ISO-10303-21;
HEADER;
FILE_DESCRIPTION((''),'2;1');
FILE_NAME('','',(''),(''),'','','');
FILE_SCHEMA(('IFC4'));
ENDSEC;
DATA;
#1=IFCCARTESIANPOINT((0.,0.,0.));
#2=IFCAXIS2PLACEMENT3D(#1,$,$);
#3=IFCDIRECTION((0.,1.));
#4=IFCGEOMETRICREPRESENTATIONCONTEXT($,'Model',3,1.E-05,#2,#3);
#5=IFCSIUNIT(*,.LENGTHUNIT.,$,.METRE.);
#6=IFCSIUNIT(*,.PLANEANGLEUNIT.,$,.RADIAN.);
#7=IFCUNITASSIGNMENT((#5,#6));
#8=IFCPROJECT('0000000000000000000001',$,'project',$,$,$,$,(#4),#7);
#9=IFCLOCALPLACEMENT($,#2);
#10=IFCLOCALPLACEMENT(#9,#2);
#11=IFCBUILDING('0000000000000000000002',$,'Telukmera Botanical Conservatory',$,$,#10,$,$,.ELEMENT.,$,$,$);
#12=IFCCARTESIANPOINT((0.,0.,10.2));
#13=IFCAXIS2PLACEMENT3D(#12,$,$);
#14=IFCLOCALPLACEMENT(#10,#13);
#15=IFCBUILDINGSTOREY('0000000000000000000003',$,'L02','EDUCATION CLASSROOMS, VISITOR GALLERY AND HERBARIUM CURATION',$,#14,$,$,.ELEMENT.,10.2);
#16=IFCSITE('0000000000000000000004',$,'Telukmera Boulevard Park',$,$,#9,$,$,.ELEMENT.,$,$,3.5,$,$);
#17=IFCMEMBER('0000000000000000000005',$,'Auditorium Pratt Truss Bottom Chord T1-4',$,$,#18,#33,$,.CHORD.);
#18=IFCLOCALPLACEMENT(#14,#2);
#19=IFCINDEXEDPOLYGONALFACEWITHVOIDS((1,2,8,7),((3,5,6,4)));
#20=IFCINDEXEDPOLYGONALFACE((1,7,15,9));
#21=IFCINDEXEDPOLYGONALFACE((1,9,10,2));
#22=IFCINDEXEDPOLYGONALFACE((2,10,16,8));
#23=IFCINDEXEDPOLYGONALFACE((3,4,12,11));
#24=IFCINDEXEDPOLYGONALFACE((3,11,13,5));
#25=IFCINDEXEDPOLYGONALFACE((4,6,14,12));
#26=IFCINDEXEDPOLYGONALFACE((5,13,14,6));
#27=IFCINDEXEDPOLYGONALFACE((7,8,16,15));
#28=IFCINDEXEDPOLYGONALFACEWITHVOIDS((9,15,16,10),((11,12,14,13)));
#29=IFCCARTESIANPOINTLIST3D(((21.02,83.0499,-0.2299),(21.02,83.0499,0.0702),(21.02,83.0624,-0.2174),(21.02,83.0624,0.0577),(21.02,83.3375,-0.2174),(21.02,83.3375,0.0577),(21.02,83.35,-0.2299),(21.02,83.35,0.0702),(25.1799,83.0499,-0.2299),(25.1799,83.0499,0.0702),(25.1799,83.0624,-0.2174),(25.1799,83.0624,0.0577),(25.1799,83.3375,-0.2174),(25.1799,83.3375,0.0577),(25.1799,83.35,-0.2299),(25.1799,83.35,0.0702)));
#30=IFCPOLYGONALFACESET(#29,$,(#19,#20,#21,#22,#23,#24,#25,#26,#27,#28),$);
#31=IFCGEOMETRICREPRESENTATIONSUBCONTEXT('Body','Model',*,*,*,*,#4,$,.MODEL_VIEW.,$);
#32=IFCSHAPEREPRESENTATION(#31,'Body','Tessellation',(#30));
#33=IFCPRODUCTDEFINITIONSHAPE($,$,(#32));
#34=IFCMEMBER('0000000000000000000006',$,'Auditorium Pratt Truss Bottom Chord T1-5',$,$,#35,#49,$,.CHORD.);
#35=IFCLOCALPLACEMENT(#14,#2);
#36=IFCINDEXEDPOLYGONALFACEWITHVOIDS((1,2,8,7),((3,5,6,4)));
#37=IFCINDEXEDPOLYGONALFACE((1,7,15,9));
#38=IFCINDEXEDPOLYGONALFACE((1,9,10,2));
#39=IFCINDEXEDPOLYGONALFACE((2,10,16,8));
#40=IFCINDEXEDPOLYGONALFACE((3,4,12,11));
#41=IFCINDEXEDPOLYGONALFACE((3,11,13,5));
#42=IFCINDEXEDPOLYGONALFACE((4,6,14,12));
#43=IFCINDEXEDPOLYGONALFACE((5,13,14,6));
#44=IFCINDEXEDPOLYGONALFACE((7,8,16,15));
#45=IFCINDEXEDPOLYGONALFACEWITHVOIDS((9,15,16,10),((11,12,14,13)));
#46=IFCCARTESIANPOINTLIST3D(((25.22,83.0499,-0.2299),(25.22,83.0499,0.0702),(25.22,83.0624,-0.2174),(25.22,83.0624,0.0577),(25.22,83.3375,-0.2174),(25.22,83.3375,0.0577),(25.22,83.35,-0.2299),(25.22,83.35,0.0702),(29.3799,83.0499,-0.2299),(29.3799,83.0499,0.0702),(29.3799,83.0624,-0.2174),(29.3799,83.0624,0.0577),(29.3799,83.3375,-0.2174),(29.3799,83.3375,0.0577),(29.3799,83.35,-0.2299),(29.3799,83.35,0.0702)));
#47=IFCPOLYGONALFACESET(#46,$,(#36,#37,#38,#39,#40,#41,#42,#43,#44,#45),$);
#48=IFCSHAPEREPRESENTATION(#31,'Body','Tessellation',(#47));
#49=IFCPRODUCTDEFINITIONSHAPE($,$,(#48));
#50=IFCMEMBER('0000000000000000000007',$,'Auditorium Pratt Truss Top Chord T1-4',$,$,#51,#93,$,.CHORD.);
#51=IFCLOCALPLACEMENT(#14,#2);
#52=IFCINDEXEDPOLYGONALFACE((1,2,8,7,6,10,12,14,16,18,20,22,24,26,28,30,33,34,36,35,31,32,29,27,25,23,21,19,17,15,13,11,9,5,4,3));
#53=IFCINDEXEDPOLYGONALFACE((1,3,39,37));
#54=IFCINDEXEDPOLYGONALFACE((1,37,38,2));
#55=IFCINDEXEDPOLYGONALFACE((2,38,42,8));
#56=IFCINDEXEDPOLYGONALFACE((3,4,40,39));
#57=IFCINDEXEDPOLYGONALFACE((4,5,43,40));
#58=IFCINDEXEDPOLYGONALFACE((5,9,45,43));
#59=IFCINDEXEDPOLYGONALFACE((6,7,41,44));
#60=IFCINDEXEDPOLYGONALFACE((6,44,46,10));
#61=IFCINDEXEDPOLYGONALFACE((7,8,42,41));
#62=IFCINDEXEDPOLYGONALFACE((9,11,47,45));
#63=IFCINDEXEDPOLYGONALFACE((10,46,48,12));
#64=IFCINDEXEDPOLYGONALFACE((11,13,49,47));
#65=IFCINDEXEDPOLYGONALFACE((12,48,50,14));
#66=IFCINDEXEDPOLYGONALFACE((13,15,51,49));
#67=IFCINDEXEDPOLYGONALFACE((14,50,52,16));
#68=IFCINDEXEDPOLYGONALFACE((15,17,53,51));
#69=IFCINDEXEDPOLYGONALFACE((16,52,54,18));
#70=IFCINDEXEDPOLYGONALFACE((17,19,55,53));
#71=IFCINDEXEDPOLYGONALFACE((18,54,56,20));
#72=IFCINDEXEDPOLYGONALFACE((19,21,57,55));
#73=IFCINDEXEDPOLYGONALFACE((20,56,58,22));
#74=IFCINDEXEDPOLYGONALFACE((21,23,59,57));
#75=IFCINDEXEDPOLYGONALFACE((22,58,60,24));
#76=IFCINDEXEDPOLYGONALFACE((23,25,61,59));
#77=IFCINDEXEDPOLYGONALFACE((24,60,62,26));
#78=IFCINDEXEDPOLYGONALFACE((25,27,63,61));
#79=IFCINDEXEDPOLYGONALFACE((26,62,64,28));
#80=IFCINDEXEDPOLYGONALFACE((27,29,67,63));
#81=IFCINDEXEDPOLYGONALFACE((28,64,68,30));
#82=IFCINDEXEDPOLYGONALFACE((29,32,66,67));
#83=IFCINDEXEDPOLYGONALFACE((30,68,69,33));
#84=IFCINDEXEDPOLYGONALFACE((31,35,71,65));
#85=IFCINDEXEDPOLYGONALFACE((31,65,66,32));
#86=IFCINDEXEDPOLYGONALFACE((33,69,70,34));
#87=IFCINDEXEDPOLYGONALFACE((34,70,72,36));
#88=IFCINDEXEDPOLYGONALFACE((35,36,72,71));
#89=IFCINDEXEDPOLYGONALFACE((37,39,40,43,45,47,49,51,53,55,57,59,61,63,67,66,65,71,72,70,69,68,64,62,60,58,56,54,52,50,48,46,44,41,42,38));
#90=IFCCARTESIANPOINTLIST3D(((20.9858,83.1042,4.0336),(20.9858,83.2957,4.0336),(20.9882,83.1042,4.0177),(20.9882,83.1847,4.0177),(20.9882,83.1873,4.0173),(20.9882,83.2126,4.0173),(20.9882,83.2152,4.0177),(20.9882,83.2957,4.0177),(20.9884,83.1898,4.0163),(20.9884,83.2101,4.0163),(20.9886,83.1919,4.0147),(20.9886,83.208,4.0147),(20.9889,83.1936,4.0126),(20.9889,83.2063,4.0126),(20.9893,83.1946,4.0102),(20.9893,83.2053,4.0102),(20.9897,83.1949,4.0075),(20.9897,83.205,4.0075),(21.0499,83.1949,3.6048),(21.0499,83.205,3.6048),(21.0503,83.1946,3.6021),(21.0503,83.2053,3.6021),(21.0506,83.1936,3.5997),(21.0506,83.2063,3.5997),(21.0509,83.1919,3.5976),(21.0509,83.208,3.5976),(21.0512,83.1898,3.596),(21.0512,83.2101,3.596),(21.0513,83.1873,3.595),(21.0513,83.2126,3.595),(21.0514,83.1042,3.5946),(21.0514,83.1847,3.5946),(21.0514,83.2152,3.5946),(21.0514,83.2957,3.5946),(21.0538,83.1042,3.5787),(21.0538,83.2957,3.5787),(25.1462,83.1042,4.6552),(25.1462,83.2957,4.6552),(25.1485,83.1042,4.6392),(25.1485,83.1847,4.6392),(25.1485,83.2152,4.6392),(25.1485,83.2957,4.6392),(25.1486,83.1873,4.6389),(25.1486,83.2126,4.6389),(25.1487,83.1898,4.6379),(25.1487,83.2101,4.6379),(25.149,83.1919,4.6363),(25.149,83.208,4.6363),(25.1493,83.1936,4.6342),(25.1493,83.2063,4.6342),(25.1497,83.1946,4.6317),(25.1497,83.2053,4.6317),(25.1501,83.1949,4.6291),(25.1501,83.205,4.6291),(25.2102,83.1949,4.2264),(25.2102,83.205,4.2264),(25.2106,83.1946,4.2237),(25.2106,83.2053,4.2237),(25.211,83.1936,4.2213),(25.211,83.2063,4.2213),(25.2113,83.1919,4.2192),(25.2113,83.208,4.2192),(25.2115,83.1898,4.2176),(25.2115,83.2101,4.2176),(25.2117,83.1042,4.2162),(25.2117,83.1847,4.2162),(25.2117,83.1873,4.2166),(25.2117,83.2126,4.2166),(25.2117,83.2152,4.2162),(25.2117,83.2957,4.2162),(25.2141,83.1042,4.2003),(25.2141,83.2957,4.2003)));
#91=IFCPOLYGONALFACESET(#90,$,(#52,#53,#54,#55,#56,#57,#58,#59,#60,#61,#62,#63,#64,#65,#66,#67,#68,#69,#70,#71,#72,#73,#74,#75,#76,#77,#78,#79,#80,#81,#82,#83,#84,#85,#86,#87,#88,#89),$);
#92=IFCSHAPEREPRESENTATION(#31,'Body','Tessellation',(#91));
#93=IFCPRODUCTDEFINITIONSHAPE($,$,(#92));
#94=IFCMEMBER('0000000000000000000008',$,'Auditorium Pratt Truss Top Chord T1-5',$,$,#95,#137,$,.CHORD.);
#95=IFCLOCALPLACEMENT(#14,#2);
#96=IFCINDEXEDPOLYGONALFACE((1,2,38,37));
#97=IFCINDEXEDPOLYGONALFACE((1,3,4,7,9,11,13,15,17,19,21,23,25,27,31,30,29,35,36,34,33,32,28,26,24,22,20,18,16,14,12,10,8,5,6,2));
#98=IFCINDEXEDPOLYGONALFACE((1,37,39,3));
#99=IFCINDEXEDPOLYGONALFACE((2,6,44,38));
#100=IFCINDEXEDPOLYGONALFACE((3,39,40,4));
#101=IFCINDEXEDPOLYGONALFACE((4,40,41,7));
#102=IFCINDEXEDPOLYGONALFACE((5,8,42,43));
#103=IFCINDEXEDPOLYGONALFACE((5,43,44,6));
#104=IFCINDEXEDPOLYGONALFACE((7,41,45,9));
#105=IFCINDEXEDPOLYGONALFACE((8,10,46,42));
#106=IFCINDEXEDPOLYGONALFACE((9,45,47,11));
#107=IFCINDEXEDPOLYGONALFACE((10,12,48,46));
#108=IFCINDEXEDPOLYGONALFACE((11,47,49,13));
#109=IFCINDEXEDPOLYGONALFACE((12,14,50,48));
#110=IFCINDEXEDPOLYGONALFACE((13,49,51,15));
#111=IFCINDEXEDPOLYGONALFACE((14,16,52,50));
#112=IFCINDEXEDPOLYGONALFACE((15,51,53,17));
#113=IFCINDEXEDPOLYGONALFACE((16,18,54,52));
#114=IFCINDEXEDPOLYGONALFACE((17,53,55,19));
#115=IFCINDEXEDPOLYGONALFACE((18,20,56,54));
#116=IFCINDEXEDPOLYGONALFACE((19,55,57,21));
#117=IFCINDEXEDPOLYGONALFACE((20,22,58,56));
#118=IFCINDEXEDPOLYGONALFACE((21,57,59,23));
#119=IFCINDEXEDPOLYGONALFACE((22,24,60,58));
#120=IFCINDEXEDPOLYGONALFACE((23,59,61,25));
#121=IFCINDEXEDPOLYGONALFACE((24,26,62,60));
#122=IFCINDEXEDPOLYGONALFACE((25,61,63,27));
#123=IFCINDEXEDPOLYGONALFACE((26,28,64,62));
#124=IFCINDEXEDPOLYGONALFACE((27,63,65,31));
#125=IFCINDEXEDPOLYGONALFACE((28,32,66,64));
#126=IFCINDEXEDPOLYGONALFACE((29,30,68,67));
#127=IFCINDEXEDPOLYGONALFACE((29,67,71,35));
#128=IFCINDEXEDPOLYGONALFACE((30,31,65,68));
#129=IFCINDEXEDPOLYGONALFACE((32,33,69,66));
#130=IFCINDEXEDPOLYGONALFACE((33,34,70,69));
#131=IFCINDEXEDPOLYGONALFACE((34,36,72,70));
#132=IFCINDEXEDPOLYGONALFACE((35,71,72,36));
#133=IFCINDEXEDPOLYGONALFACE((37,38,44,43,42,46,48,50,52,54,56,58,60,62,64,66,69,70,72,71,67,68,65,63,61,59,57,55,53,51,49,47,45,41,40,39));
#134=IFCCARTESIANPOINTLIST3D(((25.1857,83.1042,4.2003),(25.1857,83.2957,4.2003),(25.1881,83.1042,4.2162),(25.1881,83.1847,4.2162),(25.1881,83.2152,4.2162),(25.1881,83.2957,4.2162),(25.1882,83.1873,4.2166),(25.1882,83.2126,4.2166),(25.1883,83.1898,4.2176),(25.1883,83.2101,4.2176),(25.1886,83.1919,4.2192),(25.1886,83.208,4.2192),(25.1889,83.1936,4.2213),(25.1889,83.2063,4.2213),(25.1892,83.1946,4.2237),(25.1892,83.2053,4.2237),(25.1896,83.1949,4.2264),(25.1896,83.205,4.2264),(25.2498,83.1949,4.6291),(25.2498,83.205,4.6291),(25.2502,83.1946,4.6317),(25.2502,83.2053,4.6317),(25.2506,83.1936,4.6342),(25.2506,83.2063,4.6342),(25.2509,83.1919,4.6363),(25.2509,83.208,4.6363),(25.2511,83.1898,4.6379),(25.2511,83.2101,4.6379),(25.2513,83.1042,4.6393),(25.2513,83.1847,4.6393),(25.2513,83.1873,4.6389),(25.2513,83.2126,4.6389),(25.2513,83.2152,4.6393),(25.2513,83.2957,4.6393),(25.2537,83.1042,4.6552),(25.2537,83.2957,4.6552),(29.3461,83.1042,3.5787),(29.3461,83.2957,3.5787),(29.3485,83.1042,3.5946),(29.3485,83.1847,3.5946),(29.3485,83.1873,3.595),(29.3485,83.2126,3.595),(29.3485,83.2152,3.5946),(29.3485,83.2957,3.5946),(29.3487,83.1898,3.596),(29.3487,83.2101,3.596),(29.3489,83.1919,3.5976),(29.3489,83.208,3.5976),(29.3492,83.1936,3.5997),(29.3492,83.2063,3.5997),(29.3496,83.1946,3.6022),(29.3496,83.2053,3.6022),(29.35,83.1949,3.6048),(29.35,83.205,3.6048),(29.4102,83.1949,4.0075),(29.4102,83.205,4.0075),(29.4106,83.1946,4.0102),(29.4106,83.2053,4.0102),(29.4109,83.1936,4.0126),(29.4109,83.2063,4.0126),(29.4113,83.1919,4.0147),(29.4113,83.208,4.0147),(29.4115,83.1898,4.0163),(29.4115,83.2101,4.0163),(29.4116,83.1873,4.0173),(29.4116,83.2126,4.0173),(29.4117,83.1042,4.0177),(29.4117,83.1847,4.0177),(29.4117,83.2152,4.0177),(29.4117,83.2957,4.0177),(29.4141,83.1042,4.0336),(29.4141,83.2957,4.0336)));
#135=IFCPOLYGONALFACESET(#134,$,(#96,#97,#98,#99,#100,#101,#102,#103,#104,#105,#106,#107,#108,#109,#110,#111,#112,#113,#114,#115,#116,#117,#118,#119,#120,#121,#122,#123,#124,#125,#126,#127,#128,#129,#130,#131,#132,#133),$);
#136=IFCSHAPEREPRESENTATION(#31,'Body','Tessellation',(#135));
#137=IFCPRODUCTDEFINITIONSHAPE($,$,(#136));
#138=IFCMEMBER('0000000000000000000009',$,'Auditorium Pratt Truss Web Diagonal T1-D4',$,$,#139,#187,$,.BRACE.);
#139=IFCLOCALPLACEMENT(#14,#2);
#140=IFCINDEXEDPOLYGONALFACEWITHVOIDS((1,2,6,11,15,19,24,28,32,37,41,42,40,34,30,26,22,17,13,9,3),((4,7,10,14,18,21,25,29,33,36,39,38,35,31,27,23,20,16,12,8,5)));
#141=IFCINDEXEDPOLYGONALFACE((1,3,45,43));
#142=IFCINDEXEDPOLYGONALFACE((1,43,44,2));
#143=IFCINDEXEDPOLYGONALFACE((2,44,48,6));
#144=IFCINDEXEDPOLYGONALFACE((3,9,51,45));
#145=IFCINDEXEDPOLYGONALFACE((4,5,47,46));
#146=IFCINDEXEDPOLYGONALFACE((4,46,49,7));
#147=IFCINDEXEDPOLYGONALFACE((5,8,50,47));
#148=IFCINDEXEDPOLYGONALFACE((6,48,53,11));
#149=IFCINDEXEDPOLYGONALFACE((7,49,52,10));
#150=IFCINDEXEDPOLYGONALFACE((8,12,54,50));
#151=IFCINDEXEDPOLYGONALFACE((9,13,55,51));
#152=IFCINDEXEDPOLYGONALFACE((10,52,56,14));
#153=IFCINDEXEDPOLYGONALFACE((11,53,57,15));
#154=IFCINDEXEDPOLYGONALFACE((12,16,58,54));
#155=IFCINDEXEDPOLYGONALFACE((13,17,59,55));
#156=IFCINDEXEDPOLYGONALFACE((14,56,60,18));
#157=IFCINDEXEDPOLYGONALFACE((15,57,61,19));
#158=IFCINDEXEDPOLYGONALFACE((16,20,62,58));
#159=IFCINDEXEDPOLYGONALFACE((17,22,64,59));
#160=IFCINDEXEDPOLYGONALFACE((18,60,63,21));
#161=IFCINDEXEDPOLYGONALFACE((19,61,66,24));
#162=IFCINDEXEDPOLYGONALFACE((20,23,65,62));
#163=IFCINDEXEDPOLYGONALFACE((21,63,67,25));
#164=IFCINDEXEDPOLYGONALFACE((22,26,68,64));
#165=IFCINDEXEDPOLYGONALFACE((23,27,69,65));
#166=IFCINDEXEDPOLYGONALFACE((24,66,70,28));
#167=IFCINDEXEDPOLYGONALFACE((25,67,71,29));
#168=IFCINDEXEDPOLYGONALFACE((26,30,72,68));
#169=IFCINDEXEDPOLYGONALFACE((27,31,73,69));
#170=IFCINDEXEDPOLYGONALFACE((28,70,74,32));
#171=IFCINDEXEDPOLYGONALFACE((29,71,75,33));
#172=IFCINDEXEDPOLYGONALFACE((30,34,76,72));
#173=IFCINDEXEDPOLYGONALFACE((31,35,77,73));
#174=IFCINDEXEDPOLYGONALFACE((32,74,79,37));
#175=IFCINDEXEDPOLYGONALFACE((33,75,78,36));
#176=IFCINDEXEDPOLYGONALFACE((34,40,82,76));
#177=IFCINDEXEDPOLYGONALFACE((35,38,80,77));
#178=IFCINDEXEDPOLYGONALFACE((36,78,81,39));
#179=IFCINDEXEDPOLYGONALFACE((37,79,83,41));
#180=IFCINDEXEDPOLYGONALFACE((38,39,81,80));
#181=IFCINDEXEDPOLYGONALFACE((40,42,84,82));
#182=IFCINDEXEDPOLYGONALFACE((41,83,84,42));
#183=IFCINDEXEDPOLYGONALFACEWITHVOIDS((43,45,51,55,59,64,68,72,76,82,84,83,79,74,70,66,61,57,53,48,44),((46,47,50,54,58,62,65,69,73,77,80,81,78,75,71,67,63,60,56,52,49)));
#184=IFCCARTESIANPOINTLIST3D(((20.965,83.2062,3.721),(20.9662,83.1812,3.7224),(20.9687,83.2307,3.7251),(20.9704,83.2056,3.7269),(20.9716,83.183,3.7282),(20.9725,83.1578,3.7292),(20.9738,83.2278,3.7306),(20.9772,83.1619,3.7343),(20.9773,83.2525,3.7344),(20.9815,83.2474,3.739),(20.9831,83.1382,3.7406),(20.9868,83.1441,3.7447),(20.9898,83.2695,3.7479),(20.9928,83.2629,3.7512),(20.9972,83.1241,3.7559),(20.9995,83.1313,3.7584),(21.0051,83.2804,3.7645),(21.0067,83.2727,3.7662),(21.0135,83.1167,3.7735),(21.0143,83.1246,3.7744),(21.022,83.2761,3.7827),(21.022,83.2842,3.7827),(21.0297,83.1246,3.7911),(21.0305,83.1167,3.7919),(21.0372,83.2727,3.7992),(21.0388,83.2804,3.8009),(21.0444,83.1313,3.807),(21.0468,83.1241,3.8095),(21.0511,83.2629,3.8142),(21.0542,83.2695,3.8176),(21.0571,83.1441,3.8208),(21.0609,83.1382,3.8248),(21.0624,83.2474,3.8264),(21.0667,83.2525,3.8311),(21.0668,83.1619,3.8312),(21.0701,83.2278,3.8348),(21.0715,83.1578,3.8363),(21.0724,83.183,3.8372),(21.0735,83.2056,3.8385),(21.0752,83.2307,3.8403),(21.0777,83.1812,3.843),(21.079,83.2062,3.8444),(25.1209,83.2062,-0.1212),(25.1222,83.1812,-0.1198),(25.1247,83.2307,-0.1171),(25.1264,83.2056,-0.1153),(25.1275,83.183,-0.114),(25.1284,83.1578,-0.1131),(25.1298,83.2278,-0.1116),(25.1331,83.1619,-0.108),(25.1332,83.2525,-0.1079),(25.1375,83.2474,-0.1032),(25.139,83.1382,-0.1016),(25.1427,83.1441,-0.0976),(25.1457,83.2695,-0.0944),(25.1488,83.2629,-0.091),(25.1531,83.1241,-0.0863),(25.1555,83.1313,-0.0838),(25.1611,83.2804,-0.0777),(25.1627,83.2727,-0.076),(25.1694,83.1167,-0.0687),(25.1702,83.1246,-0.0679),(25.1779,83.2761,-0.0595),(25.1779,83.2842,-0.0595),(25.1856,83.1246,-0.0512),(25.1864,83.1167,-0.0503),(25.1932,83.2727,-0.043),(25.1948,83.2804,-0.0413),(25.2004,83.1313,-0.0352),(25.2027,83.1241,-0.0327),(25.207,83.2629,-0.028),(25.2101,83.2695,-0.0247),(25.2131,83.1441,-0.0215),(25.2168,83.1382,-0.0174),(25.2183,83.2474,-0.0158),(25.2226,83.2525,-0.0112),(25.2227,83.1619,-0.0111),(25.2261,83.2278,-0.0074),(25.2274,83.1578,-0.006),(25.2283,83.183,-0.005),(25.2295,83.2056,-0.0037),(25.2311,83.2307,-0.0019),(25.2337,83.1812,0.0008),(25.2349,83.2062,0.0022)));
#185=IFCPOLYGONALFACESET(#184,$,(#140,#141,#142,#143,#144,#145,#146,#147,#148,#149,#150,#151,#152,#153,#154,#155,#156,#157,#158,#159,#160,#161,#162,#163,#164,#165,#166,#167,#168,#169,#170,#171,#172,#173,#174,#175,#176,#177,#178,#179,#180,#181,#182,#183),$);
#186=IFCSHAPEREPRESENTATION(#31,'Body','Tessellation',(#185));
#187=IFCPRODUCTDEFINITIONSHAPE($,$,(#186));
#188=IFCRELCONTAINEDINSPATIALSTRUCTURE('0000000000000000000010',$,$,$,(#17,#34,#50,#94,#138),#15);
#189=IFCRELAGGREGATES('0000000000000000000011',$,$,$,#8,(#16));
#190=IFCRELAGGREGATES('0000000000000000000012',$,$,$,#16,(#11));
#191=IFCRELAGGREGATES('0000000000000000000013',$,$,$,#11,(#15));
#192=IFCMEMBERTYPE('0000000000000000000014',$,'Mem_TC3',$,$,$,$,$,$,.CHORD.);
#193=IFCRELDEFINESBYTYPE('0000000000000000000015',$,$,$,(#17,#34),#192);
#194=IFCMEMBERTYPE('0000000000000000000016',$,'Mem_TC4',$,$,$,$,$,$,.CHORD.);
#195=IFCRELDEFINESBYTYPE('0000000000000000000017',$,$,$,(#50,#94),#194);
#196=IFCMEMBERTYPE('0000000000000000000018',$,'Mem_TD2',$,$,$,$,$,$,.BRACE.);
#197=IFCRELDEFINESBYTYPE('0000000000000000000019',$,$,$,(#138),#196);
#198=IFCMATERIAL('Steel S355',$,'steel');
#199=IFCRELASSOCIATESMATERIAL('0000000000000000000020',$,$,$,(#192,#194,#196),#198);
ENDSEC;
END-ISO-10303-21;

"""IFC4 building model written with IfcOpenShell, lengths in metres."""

from ifc_helpers import new_model, si_unit, direction, frame, origin, origin_2d, place, context, subcontext, project, spatial, hollow_rectangle, hollow_circle, i_section, extrude, material, material_profile, profile_set, type_object, element, save


model = new_model("IFC4")

# Units and contexts
model_context = context("Model", 3, precision=1e-05, world=origin(), true_north=direction((0.0, 1.0)))
body_context = subcontext(model_context, "Body", "Model", "MODEL_VIEW")
ifc_project = project(units=[si_unit("LENGTHUNIT", "METRE"), si_unit("PLANEANGLEUNIT", "RADIAN")], contexts=[model_context])

# Site, building, storey
site_placement = place(None, origin())
site = spatial("IfcSite", under=ifc_project, at=site_placement, Name="Telukmera Boulevard Park", CompositionType="ELEMENT", RefElevation=3.5)
building_placement = place(site_placement, origin())
building = spatial("IfcBuilding", under=site, at=building_placement, Name="Telukmera Botanical Conservatory", CompositionType="ELEMENT")
storey_placement = place(building_placement, frame((0.0, 0.0, 10.2)))
storey = spatial("IfcBuildingStorey", under=building, at=storey_placement, Name="L02", Description="EDUCATION CLASSROOMS, VISITOR GALLERY AND HERBARIUM CURATION", CompositionType="ELEMENT", Elevation=10.2)

# Members
ifc_material_1 = material(Name="Steel S355", Category="steel")
ifc_material_profile_1 = material_profile(ifc_material_1, hollow_rectangle(XDim=0.3, YDim=0.3, WallThickness=0.0125, at=origin_2d()), Name="SHS 300x300x12.5")
ifc_profile_set_1 = profile_set([ifc_material_profile_1], Name="Steel S355")
member_type_1 = type_object("IfcMemberType", Name="Mem_TC3", PredefinedType="CHORD", material=ifc_profile_set_1)
for number, where, z_axis, x_axis, name in (
    (1, (21.02, 83.2, -0.0798), (1.0, 0.0, 0.0), (0.0, 1.0, 0.0), "Auditorium Pratt Truss Bottom Chord T1-4"),
    (2, (25.22, 83.2, -0.0798), (1.0, 0.0, 0.0), (0.0, 1.0, 0.0), "Auditorium Pratt Truss Bottom Chord T1-5"),
):
    element("IfcMember", number, at=place(storey_placement, frame(where, z_axis=z_axis, x_axis=x_axis)), inside=storey, type_object=member_type_1, Name=name, PredefinedType="CHORD", context=body_context, shape_type="SweptSolid", body=[
        extrude(hollow_rectangle(XDim=0.3, YDim=0.3, WallThickness=0.0125, at=origin_2d()), origin(), (0.0, 0.0, 1.0), 4.1599),
    ])
ifc_material_profile_2 = material_profile(ifc_material_1, i_section(OverallWidth=0.1914, OverallDepth=0.46, WebThickness=0.01, FlangeThickness=0.0161, FilletRadius=0.0103, at=origin_2d()), Name="UB 457x191x82")
ifc_profile_set_2 = profile_set([ifc_material_profile_2], Name="Steel S355")
member_type_2 = type_object("IfcMemberType", Name="Mem_TC4", PredefinedType="CHORD", material=ifc_profile_set_2)
for number, where, z_axis, x_axis, name in (
    (3, (21.0198, 83.2, 3.8062), (0.989023, 0.0, 0.147764), (0.0, 1.0, 0.0), "Auditorium Pratt Truss Top Chord T1-4"),
    (4, (25.2197, 83.2, 4.4277), (0.989023, 0.0, -0.147764), (0.0, 1.0, 0.0), "Auditorium Pratt Truss Top Chord T1-5"),
):
    element("IfcMember", number, at=place(storey_placement, frame(where, z_axis=z_axis, x_axis=x_axis)), inside=storey, type_object=member_type_2, Name=name, PredefinedType="CHORD", context=body_context, shape_type="SweptSolid", body=[
        extrude(i_section(OverallWidth=0.1914, OverallDepth=0.46, WebThickness=0.01, FlangeThickness=0.0161, FilletRadius=0.0103, at=origin_2d()), origin(), (0.0, 0.0, 1.0), 4.2065),
    ])
ifc_material_profile_3 = material_profile(ifc_material_1, hollow_circle(Radius=0.0842, WallThickness=0.0081, at=origin_2d()), Name="CHS 168.3x8.0")
ifc_profile_set_3 = profile_set([ifc_material_profile_3], Name="Steel S355")
member_type_3 = type_object("IfcMemberType", Name="Mem_TD2", PredefinedType="BRACE", material=ifc_profile_set_3)
for number, where, z_axis, x_axis, name in (
    (5, (21.022, 83.2, 3.7827), (0.734277, 0.0, -0.67885), (0.0, 1.0, 0.0), "Auditorium Pratt Truss Web Diagonal T1-D4"),
):
    element("IfcMember", number, at=place(storey_placement, frame(where, z_axis=z_axis, x_axis=x_axis)), inside=storey, type_object=member_type_3, Name=name, PredefinedType="BRACE", context=body_context, shape_type="SweptSolid", body=[
        extrude(hollow_circle(Radius=0.0842, WallThickness=0.0081, at=origin_2d()), origin(), (0.0, 0.0, 1.0), 5.6599),
    ])

save(model, "model.ifc")
